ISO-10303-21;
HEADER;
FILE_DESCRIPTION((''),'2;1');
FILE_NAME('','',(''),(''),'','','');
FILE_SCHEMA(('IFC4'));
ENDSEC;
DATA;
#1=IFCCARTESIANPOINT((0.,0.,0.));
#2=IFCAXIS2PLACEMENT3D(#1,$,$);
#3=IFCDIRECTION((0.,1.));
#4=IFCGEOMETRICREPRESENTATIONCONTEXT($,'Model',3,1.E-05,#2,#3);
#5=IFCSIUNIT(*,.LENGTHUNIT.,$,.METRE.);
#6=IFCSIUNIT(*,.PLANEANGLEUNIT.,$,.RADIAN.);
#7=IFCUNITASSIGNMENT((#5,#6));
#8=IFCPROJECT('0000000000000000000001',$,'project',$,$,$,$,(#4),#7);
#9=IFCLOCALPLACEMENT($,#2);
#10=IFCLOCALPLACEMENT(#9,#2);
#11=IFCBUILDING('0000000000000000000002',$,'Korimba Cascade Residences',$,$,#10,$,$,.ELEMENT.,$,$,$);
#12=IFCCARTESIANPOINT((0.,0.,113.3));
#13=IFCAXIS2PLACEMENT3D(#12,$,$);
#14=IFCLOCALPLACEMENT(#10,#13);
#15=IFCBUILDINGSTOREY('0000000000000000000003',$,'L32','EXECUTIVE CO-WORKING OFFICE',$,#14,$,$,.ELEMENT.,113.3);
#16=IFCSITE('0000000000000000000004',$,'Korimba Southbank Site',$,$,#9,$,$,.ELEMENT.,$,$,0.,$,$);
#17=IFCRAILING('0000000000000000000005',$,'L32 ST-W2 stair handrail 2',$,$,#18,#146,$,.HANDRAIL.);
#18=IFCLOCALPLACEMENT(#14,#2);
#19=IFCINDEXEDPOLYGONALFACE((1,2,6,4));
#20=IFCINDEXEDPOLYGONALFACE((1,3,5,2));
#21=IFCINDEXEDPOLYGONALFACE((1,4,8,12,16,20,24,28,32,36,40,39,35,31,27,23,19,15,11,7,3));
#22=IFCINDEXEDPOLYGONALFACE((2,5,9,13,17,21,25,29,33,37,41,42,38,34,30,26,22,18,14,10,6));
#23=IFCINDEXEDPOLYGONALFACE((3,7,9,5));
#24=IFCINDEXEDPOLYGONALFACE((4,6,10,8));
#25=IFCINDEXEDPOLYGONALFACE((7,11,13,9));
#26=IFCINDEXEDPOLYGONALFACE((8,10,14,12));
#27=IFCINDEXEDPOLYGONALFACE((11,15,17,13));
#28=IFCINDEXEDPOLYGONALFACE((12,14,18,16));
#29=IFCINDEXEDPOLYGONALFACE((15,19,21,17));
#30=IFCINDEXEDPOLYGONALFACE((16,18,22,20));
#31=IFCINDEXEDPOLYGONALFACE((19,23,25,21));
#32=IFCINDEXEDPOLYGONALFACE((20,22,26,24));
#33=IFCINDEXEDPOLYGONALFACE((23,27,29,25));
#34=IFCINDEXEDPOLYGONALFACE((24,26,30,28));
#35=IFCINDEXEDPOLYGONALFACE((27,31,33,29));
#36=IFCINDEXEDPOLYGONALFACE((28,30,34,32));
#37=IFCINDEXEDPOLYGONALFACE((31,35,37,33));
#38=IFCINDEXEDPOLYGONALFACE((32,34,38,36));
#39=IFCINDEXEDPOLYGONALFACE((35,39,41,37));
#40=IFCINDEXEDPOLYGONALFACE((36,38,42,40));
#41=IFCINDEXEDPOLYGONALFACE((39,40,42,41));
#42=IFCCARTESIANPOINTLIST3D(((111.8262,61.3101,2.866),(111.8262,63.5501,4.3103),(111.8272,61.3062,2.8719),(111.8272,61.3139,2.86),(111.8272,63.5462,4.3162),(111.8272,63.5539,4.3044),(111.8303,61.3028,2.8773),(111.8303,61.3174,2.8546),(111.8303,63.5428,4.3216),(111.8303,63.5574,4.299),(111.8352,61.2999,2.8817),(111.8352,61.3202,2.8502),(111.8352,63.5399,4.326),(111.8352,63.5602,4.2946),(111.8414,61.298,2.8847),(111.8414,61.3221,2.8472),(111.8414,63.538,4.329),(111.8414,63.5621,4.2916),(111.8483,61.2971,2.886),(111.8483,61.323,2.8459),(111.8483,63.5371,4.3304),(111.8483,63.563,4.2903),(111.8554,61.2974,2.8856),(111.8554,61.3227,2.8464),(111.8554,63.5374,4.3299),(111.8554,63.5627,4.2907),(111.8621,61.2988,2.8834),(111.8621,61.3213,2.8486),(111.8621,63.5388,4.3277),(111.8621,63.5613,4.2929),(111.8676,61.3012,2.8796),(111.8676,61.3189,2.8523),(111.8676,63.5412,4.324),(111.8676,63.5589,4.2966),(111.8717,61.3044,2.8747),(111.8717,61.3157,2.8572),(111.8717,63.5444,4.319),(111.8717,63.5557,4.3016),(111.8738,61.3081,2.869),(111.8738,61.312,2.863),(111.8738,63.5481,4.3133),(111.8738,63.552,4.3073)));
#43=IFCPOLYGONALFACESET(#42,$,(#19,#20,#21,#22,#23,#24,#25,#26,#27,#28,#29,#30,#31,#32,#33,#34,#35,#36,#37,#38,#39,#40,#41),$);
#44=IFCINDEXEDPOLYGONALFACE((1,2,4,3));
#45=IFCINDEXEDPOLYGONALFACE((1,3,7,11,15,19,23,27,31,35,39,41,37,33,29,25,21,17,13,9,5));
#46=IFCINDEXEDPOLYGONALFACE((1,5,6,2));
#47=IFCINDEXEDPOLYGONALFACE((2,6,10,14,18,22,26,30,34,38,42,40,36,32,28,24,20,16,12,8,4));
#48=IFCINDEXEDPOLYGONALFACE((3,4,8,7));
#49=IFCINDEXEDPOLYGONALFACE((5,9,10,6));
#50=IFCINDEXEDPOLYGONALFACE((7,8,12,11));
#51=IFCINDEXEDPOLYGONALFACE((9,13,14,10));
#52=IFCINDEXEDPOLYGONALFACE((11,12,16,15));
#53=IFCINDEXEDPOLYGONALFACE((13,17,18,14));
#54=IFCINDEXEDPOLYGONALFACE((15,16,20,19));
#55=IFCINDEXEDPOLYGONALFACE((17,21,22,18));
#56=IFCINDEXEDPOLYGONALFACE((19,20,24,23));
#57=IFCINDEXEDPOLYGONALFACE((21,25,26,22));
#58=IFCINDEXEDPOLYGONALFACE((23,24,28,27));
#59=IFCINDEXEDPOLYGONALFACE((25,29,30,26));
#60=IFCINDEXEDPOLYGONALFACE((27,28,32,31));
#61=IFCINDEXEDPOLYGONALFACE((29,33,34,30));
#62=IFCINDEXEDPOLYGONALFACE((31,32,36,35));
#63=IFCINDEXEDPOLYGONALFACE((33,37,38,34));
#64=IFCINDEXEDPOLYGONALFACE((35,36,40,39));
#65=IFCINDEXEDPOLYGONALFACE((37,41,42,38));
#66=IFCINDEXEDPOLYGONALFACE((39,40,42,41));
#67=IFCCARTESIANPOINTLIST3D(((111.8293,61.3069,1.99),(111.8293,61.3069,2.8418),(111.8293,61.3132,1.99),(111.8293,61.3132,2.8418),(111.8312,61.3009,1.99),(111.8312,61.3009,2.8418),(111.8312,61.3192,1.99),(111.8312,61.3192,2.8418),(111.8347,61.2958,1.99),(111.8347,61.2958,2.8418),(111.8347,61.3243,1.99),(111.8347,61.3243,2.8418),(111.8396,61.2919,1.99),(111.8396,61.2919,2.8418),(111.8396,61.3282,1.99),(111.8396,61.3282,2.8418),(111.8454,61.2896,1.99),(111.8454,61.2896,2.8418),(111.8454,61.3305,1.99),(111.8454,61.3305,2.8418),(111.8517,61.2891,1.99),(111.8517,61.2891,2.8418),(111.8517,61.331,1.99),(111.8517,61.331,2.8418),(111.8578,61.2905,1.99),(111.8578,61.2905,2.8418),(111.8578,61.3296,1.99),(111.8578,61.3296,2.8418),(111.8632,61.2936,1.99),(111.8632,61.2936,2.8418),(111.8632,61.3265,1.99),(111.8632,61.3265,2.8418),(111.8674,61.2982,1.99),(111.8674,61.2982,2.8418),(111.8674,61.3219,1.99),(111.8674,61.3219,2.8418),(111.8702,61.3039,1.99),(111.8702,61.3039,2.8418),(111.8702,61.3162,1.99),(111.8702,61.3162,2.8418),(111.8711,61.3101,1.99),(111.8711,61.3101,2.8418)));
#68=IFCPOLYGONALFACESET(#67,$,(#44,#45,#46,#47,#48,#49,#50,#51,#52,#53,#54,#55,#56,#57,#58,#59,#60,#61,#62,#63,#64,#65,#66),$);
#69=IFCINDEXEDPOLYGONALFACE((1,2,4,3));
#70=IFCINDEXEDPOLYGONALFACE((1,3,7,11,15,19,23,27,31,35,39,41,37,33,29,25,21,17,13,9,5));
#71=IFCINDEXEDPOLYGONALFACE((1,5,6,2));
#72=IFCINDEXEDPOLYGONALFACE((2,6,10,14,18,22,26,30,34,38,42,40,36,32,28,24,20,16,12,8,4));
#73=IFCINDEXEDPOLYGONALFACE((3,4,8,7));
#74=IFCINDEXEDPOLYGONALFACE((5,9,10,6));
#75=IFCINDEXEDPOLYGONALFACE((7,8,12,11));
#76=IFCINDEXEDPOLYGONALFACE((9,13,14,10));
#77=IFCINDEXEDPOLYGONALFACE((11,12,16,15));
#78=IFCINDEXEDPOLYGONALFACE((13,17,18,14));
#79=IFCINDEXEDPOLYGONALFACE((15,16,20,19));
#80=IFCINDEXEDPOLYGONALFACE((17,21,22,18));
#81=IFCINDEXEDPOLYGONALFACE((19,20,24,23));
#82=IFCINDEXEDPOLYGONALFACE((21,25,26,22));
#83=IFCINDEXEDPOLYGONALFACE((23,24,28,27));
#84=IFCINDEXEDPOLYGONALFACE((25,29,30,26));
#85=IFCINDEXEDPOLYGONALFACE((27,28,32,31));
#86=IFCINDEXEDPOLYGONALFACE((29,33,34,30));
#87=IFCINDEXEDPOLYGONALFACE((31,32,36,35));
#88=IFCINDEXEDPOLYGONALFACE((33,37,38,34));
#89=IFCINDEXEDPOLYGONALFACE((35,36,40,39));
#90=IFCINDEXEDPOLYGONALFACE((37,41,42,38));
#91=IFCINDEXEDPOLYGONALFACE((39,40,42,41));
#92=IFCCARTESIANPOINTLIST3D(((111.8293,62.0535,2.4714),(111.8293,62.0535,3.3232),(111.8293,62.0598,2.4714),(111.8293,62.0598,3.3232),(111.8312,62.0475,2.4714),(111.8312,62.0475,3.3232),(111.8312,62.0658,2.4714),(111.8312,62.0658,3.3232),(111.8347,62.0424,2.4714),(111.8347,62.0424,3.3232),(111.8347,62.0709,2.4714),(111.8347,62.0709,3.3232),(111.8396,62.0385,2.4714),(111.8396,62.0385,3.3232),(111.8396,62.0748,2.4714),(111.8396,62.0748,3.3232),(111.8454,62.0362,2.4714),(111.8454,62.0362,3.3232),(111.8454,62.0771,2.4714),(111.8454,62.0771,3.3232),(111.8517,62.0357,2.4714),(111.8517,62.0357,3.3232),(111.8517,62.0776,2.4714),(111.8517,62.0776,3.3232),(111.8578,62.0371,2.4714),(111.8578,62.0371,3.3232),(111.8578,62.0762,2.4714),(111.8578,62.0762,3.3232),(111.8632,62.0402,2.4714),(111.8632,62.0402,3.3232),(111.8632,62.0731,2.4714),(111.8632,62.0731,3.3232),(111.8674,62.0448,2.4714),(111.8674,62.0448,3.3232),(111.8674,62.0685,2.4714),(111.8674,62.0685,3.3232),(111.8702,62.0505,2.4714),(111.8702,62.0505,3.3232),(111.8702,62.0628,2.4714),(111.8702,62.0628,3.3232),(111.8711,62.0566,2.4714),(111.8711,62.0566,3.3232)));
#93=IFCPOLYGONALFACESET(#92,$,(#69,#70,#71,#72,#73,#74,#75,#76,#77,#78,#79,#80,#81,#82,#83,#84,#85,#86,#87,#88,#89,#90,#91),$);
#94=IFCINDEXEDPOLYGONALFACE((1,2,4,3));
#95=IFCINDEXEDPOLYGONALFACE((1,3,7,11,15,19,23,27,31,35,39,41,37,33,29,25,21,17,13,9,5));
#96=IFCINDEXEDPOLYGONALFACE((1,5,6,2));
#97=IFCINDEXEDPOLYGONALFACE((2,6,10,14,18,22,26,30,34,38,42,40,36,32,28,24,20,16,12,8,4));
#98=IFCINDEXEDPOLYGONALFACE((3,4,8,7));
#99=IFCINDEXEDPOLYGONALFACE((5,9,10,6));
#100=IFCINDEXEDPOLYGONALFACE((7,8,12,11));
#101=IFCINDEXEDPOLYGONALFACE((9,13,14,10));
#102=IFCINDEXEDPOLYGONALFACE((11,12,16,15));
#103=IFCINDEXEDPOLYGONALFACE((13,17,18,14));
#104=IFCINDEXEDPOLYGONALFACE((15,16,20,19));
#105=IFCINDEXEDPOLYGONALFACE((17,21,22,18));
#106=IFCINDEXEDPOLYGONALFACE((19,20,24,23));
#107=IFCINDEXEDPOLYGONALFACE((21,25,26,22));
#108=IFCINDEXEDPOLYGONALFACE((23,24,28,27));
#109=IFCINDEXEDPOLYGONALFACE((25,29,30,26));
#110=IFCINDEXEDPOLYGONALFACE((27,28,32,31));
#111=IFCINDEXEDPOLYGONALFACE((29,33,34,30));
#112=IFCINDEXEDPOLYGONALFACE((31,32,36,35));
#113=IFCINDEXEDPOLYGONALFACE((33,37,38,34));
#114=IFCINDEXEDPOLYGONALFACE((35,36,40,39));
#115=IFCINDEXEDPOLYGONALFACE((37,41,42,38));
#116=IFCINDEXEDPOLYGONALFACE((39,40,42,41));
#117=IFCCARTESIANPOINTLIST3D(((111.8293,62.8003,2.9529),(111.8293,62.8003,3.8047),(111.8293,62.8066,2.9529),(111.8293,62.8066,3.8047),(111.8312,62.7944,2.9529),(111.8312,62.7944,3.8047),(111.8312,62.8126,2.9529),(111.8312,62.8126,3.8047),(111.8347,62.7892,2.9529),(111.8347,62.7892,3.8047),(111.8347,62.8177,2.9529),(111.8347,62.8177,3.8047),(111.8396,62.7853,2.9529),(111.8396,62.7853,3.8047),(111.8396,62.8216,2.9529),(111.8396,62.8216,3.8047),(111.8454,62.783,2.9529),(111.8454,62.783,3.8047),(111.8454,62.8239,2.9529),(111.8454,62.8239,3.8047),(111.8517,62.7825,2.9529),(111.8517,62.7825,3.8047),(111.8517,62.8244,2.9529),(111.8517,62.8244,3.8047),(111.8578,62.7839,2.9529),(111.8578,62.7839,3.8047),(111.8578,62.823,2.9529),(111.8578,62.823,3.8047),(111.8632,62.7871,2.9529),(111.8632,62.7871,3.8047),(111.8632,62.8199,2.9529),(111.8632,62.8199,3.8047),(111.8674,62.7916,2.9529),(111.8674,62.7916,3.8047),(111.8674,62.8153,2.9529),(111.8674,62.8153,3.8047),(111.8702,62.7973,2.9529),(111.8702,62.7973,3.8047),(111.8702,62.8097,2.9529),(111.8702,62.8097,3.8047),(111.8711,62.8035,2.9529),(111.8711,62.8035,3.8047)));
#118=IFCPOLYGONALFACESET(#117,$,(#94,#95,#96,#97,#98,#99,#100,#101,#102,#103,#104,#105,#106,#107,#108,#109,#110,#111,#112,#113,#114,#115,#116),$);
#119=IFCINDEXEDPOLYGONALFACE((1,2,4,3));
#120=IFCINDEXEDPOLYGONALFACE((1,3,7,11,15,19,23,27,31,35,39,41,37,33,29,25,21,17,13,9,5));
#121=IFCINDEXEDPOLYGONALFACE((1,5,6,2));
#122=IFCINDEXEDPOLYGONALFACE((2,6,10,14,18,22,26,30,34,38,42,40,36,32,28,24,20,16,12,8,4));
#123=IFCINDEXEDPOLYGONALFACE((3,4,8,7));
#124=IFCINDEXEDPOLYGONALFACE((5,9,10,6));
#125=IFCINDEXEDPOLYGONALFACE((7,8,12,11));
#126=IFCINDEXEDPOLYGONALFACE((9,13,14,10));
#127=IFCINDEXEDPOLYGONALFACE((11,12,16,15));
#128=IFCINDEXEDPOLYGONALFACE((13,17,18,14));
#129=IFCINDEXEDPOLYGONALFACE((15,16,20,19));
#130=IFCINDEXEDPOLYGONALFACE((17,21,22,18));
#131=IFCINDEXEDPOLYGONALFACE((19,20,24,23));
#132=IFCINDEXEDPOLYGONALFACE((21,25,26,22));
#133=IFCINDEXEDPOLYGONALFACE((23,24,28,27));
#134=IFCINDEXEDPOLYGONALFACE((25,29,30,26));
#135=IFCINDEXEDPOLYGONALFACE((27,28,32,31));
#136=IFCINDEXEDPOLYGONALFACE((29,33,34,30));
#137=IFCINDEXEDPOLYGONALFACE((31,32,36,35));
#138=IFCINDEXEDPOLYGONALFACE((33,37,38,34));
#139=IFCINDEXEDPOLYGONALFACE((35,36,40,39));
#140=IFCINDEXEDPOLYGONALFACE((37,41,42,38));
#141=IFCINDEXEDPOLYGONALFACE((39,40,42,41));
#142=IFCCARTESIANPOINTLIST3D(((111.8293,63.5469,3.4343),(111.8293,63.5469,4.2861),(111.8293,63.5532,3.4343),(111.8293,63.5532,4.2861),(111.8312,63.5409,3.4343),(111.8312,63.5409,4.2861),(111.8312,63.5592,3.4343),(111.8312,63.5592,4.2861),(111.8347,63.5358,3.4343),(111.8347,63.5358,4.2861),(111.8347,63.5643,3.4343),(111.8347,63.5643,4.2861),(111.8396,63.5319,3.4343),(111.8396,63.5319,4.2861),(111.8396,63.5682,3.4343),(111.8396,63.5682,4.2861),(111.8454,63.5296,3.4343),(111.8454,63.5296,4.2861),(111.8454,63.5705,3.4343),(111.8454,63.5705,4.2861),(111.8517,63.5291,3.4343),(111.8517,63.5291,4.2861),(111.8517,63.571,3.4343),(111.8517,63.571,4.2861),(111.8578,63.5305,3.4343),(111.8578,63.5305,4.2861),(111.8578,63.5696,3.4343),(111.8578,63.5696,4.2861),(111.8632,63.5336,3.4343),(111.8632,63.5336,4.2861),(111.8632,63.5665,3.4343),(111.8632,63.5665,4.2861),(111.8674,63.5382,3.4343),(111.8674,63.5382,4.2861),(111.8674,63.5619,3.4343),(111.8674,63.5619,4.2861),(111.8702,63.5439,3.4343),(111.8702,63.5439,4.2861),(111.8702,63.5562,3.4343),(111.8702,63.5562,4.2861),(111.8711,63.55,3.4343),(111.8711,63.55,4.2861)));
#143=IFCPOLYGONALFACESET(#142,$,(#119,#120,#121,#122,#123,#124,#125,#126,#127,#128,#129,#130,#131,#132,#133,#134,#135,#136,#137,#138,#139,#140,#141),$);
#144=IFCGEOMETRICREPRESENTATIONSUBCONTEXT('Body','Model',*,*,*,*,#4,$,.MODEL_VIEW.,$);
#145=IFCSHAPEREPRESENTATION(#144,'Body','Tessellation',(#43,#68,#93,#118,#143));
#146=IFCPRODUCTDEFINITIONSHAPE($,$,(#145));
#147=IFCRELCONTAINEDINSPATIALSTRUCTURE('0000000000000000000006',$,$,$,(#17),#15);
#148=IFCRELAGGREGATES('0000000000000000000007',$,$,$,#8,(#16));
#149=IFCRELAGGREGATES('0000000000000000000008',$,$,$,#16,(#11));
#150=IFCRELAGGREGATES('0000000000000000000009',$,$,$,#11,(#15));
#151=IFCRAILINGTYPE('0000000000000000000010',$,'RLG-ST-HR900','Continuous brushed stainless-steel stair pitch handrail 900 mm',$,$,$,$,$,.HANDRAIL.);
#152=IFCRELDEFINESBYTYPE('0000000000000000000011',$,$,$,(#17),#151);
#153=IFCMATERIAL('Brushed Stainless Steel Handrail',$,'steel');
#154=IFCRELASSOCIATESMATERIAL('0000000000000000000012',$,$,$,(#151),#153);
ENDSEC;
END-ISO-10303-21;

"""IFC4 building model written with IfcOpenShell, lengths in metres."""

from ifc_helpers import new_model, si_unit, direction, frame, origin, origin_2d, place, context, subcontext, project, spatial, circle, extrude, material, type_object, element, save


model = new_model("IFC4")

# Units and contexts
model_context = context("Model", 3, precision=1e-05, world=origin(), true_north=direction((0.0, 1.0)))
body_context = subcontext(model_context, "Body", "Model", "MODEL_VIEW")
ifc_project = project(units=[si_unit("LENGTHUNIT", "METRE"), si_unit("PLANEANGLEUNIT", "RADIAN")], contexts=[model_context])

# Site, building, storey
site_placement = place(None, origin())
site = spatial("IfcSite", under=ifc_project, at=site_placement, Name="Korimba Southbank Site", CompositionType="ELEMENT", RefElevation=0.0)
building_placement = place(site_placement, origin())
building = spatial("IfcBuilding", under=site, at=building_placement, Name="Korimba Cascade Residences", CompositionType="ELEMENT")
storey_placement = place(building_placement, frame((0.0, 0.0, 113.3)))
storey = spatial("IfcBuildingStorey", under=building, at=storey_placement, Name="L32", Description="EXECUTIVE CO-WORKING OFFICE", CompositionType="ELEMENT", Elevation=113.3)

# Railing
ifc_material_1 = material(Name="Brushed Stainless Steel Handrail", Category="steel")
railing_type_1 = type_object("IfcRailingType", Name="RLG-ST-HR900", Description="Continuous brushed stainless-steel stair pitch handrail 900 mm", PredefinedType="HANDRAIL", material=ifc_material_1)
railing_1_placement = place(storey_placement, frame((111.8501, 61.3101, 1.99)))
element("IfcRailing", 1, at=railing_1_placement, inside=storey, type_object=railing_type_1, Name="L32 ST-W2 stair handrail 2", PredefinedType="HANDRAIL", context=body_context, shape_type="SweptSolid", body=[
    extrude(circle(Radius=0.0239, at=origin_2d()), frame((0.0, 0.0, 0.876), z_axis=(0.0, 0.840437, 0.54191), x_axis=(-1.0, 0.0, 0.0)), (0.0, 0.0, 1.0), 2.6653),
    extrude(circle(Radius=0.021, at=origin_2d()), origin(), (0.0, 0.0, 1.0), 0.8518),
    extrude(circle(Radius=0.021, at=origin_2d()), frame((0.0, 0.7466, 0.4814)), (0.0, 0.0, 1.0), 0.8518),
    extrude(circle(Radius=0.021, at=origin_2d()), frame((0.0, 1.4934, 0.9629)), (0.0, 0.0, 1.0), 0.8518),
    extrude(circle(Radius=0.021, at=origin_2d()), frame((0.0, 2.24, 1.4443)), (0.0, 0.0, 1.0), 0.8518),
])

save(model, "model.ifc")
